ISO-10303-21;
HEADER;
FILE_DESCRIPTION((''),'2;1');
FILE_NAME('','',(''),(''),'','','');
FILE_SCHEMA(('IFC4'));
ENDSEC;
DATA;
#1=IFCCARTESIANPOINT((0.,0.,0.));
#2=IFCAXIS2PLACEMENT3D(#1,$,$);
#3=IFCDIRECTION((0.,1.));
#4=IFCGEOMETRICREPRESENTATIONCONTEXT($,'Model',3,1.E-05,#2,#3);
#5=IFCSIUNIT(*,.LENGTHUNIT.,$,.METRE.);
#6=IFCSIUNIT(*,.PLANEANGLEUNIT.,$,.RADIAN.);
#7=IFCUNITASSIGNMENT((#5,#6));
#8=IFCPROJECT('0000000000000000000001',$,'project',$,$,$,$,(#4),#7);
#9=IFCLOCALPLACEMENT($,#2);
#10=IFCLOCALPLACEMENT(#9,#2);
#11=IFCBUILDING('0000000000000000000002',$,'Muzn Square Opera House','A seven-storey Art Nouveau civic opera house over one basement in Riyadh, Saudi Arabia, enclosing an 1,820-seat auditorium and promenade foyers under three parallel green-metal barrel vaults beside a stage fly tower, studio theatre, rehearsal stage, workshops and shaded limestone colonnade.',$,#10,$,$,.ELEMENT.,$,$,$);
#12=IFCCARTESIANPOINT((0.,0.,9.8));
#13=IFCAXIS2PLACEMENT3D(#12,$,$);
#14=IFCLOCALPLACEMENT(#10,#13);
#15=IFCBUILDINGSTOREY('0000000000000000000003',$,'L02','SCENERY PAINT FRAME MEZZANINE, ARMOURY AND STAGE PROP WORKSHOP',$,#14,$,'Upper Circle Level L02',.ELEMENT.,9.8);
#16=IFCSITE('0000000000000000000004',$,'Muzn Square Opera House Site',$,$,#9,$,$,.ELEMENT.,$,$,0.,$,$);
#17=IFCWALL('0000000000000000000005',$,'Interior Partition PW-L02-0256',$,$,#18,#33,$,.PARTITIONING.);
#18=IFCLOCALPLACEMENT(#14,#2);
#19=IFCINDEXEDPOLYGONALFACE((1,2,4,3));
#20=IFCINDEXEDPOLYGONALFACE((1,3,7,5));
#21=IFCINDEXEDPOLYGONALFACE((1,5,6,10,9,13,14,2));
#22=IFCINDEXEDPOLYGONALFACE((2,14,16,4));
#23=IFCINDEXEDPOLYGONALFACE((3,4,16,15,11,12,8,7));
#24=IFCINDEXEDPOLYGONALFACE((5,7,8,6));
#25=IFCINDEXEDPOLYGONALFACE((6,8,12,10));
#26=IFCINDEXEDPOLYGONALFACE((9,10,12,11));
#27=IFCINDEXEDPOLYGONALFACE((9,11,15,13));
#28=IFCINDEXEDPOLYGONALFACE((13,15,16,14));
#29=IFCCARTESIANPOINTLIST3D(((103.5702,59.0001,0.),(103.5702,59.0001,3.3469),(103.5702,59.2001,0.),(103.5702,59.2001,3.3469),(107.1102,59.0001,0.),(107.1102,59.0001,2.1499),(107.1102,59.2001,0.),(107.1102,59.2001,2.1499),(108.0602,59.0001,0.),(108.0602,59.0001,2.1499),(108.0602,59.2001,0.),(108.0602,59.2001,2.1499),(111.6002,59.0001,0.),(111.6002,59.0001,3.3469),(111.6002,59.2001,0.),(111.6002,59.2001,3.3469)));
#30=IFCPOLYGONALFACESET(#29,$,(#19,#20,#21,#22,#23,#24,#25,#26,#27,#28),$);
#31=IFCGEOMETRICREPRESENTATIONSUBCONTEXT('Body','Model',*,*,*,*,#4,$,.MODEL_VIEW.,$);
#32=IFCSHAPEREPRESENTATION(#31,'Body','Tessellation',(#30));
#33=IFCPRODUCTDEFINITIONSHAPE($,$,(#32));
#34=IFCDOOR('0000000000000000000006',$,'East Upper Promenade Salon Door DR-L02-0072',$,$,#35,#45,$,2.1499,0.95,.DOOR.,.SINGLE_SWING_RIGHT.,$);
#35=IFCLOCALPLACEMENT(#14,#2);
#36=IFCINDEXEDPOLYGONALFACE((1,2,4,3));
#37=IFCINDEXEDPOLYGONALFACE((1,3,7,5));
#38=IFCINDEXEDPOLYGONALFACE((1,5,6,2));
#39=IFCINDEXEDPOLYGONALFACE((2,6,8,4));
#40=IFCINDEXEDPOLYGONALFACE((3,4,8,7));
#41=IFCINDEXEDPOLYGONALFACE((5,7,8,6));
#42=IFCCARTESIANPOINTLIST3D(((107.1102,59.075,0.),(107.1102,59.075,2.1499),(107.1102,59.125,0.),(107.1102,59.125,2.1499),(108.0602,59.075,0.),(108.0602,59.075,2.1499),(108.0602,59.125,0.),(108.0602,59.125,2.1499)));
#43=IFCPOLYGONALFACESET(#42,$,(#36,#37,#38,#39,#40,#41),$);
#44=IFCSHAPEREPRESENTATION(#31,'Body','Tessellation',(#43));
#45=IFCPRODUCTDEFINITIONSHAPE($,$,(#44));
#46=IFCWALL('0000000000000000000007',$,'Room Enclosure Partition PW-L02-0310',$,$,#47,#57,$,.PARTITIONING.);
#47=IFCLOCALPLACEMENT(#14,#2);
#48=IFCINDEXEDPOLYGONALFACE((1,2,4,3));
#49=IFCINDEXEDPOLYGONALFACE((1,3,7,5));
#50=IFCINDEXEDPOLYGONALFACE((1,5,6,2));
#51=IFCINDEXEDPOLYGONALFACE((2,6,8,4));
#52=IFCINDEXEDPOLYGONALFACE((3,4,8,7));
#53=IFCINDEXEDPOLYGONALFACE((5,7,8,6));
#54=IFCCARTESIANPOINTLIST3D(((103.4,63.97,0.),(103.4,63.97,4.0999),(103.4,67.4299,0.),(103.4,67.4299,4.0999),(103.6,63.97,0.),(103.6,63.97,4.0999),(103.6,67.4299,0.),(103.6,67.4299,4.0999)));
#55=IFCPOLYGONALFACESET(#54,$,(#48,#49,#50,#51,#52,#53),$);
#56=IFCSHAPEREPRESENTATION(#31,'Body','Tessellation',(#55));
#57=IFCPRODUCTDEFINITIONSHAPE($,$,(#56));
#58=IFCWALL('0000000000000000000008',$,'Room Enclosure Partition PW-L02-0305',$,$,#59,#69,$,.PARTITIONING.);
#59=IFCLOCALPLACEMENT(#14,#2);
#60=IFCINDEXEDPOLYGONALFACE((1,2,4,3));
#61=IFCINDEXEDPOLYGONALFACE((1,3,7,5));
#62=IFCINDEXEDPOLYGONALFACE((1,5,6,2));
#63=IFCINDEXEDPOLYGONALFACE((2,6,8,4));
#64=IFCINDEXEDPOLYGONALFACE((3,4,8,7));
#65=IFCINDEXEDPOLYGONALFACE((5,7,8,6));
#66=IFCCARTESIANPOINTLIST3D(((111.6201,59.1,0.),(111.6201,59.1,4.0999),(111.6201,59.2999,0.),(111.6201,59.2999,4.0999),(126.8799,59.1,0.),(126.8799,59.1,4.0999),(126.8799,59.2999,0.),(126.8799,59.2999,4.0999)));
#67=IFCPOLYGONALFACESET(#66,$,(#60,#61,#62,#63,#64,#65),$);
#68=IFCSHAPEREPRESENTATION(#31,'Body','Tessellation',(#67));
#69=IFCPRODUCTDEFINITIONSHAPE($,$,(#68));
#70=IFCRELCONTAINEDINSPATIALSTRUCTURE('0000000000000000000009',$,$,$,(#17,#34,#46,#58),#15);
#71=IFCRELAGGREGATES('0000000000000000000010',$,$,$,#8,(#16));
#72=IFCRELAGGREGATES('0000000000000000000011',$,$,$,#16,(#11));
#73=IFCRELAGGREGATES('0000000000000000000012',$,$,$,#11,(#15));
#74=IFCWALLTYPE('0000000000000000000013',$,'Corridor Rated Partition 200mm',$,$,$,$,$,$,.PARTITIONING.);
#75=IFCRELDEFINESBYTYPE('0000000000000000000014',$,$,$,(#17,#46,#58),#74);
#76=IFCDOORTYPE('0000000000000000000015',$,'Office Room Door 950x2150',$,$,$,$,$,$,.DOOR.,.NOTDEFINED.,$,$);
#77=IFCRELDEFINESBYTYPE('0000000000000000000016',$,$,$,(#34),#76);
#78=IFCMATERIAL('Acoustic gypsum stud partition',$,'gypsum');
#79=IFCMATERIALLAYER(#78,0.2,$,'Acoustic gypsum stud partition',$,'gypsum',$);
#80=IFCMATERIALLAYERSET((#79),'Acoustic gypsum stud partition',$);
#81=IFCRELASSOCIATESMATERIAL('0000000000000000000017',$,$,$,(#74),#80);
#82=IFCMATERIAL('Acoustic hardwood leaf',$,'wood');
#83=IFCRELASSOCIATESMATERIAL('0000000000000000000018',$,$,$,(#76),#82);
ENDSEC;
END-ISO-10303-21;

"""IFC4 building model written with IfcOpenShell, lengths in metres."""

from ifc_helpers import new_model, si_unit, direction, frame, frame_2d, origin, place, context, subcontext, project, spatial, rectangle, extrude, material, layer, layer_set, type_object, element, fill, save


model = new_model("IFC4")

# Units and contexts
model_context = context("Model", 3, precision=1e-05, world=origin(), true_north=direction((0.0, 1.0)))
body_context = subcontext(model_context, "Body", "Model", "MODEL_VIEW")
ifc_project = project(units=[si_unit("LENGTHUNIT", "METRE"), si_unit("PLANEANGLEUNIT", "RADIAN")], contexts=[model_context])

# Site, building, storey
site_placement = place(None, origin())
site = spatial("IfcSite", under=ifc_project, at=site_placement, Name="Muzn Square Opera House Site", CompositionType="ELEMENT", RefElevation=0.0)
building_placement = place(site_placement, origin())
building = spatial("IfcBuilding", under=site, at=building_placement, Name="Muzn Square Opera House", Description="A seven-storey Art Nouveau civic opera house over one basement in Riyadh, Saudi Arabia, enclosing an 1,820-seat auditorium and promenade foyers under three parallel green-metal barrel vaults beside a stage fly tower, studio theatre, rehearsal stage, workshops and shaded limestone colonnade.", CompositionType="ELEMENT")
storey_placement = place(building_placement, frame((0.0, 0.0, 9.8)))
storey = spatial("IfcBuildingStorey", under=building, at=storey_placement, Name="L02", Description="SCENERY PAINT FRAME MEZZANINE, ARMOURY AND STAGE PROP WORKSHOP", LongName="Upper Circle Level L02", CompositionType="ELEMENT", Elevation=9.8)

# Wall, opening, door
ifc_material_1 = material(Name="Acoustic gypsum stud partition", Category="gypsum")
ifc_layer_1 = layer(ifc_material_1, 0.2, Name="Acoustic gypsum stud partition", Category="gypsum")
ifc_layer_set_1 = layer_set([ifc_layer_1], Name="Acoustic gypsum stud partition")
wall_type_1 = type_object("IfcWallType", Name="Corridor Rated Partition 200mm", PredefinedType="PARTITIONING", material=ifc_layer_set_1)
wall_1_placement = place(storey_placement, frame((103.5701, 59.1001, 0.0), z_axis=(0.0, 0.0, 1.0), x_axis=(1.0, 0.0, 0.0)))
wall_1 = element("IfcWall", 1, at=wall_1_placement, inside=storey, type_object=wall_type_1, Name="Interior Partition PW-L02-0256", PredefinedType="PARTITIONING", context=body_context, shape_type="SweptSolid", body=[
    extrude(rectangle(XDim=8.03, YDim=0.2, at=frame_2d((4.0151, 0.0))), origin(), (0.0, 0.0, 1.0), 3.3469),
])
opening_placement = place(wall_1_placement, frame((3.54, 0.0, 0.0)))
opening = element("IfcOpeningElement", 2, at=opening_placement, cuts=wall_1, PredefinedType="OPENING", context=body_context, shape_type="SweptSolid", body=[
    extrude(rectangle(XDim=0.95, YDim=2.1499, at=frame_2d((0.4751, 1.075))), frame((0.0, 0.1099, 0.0), z_axis=(0.0, -1.0, 0.0), x_axis=(1.0, 0.0, 0.0)), (0.0, 0.0, 1.0), 0.22),
])
ifc_material_2 = material(Name="Acoustic hardwood leaf", Category="wood")
door_type = type_object("IfcDoorType", Name="Office Room Door 950x2150", OperationType="NOTDEFINED", PredefinedType="DOOR", material=ifc_material_2)
door_placement = place(opening_placement, origin())
door = element("IfcDoor", 3, at=door_placement, inside=storey, type_object=door_type, Name="East Upper Promenade Salon Door DR-L02-0072", OperationType="SINGLE_SWING_RIGHT", OverallHeight=2.1499, OverallWidth=0.95, PredefinedType="DOOR", context=body_context, shape_type="SweptSolid", body=[
    extrude(rectangle(XDim=0.95, YDim=2.1499, at=frame_2d((0.4751, 1.075))), frame((0.0, 0.0249, 0.0), z_axis=(0.0, -1.0, 0.0), x_axis=(1.0, 0.0, 0.0)), (0.0, 0.0, 1.0), 0.05),
])
fill(opening, door)

# Walls
wall_2_placement = place(storey_placement, frame((103.5, 63.97, 0.0), z_axis=(0.0, 0.0, 1.0), x_axis=(0.0, 1.0, 0.0)))
element("IfcWall", 4, at=wall_2_placement, inside=storey, type_object=wall_type_1, Name="Room Enclosure Partition PW-L02-0310", PredefinedType="PARTITIONING", context=body_context, shape_type="SweptSolid", body=[
    extrude(rectangle(XDim=3.46, YDim=0.2, at=frame_2d((1.73, 0.0))), origin(), (0.0, 0.0, 1.0), 4.0999),
])
wall_3_placement = place(storey_placement, frame((111.6201, 59.2, 0.0), z_axis=(0.0, 0.0, 1.0), x_axis=(1.0, 0.0, 0.0)))
element("IfcWall", 5, at=wall_3_placement, inside=storey, type_object=wall_type_1, Name="Room Enclosure Partition PW-L02-0305", PredefinedType="PARTITIONING", context=body_context, shape_type="SweptSolid", body=[
    extrude(rectangle(XDim=15.2598, YDim=0.2, at=frame_2d((7.6299, 0.0))), origin(), (0.0, 0.0, 1.0), 4.0999),
])

save(model, "model.ifc")
